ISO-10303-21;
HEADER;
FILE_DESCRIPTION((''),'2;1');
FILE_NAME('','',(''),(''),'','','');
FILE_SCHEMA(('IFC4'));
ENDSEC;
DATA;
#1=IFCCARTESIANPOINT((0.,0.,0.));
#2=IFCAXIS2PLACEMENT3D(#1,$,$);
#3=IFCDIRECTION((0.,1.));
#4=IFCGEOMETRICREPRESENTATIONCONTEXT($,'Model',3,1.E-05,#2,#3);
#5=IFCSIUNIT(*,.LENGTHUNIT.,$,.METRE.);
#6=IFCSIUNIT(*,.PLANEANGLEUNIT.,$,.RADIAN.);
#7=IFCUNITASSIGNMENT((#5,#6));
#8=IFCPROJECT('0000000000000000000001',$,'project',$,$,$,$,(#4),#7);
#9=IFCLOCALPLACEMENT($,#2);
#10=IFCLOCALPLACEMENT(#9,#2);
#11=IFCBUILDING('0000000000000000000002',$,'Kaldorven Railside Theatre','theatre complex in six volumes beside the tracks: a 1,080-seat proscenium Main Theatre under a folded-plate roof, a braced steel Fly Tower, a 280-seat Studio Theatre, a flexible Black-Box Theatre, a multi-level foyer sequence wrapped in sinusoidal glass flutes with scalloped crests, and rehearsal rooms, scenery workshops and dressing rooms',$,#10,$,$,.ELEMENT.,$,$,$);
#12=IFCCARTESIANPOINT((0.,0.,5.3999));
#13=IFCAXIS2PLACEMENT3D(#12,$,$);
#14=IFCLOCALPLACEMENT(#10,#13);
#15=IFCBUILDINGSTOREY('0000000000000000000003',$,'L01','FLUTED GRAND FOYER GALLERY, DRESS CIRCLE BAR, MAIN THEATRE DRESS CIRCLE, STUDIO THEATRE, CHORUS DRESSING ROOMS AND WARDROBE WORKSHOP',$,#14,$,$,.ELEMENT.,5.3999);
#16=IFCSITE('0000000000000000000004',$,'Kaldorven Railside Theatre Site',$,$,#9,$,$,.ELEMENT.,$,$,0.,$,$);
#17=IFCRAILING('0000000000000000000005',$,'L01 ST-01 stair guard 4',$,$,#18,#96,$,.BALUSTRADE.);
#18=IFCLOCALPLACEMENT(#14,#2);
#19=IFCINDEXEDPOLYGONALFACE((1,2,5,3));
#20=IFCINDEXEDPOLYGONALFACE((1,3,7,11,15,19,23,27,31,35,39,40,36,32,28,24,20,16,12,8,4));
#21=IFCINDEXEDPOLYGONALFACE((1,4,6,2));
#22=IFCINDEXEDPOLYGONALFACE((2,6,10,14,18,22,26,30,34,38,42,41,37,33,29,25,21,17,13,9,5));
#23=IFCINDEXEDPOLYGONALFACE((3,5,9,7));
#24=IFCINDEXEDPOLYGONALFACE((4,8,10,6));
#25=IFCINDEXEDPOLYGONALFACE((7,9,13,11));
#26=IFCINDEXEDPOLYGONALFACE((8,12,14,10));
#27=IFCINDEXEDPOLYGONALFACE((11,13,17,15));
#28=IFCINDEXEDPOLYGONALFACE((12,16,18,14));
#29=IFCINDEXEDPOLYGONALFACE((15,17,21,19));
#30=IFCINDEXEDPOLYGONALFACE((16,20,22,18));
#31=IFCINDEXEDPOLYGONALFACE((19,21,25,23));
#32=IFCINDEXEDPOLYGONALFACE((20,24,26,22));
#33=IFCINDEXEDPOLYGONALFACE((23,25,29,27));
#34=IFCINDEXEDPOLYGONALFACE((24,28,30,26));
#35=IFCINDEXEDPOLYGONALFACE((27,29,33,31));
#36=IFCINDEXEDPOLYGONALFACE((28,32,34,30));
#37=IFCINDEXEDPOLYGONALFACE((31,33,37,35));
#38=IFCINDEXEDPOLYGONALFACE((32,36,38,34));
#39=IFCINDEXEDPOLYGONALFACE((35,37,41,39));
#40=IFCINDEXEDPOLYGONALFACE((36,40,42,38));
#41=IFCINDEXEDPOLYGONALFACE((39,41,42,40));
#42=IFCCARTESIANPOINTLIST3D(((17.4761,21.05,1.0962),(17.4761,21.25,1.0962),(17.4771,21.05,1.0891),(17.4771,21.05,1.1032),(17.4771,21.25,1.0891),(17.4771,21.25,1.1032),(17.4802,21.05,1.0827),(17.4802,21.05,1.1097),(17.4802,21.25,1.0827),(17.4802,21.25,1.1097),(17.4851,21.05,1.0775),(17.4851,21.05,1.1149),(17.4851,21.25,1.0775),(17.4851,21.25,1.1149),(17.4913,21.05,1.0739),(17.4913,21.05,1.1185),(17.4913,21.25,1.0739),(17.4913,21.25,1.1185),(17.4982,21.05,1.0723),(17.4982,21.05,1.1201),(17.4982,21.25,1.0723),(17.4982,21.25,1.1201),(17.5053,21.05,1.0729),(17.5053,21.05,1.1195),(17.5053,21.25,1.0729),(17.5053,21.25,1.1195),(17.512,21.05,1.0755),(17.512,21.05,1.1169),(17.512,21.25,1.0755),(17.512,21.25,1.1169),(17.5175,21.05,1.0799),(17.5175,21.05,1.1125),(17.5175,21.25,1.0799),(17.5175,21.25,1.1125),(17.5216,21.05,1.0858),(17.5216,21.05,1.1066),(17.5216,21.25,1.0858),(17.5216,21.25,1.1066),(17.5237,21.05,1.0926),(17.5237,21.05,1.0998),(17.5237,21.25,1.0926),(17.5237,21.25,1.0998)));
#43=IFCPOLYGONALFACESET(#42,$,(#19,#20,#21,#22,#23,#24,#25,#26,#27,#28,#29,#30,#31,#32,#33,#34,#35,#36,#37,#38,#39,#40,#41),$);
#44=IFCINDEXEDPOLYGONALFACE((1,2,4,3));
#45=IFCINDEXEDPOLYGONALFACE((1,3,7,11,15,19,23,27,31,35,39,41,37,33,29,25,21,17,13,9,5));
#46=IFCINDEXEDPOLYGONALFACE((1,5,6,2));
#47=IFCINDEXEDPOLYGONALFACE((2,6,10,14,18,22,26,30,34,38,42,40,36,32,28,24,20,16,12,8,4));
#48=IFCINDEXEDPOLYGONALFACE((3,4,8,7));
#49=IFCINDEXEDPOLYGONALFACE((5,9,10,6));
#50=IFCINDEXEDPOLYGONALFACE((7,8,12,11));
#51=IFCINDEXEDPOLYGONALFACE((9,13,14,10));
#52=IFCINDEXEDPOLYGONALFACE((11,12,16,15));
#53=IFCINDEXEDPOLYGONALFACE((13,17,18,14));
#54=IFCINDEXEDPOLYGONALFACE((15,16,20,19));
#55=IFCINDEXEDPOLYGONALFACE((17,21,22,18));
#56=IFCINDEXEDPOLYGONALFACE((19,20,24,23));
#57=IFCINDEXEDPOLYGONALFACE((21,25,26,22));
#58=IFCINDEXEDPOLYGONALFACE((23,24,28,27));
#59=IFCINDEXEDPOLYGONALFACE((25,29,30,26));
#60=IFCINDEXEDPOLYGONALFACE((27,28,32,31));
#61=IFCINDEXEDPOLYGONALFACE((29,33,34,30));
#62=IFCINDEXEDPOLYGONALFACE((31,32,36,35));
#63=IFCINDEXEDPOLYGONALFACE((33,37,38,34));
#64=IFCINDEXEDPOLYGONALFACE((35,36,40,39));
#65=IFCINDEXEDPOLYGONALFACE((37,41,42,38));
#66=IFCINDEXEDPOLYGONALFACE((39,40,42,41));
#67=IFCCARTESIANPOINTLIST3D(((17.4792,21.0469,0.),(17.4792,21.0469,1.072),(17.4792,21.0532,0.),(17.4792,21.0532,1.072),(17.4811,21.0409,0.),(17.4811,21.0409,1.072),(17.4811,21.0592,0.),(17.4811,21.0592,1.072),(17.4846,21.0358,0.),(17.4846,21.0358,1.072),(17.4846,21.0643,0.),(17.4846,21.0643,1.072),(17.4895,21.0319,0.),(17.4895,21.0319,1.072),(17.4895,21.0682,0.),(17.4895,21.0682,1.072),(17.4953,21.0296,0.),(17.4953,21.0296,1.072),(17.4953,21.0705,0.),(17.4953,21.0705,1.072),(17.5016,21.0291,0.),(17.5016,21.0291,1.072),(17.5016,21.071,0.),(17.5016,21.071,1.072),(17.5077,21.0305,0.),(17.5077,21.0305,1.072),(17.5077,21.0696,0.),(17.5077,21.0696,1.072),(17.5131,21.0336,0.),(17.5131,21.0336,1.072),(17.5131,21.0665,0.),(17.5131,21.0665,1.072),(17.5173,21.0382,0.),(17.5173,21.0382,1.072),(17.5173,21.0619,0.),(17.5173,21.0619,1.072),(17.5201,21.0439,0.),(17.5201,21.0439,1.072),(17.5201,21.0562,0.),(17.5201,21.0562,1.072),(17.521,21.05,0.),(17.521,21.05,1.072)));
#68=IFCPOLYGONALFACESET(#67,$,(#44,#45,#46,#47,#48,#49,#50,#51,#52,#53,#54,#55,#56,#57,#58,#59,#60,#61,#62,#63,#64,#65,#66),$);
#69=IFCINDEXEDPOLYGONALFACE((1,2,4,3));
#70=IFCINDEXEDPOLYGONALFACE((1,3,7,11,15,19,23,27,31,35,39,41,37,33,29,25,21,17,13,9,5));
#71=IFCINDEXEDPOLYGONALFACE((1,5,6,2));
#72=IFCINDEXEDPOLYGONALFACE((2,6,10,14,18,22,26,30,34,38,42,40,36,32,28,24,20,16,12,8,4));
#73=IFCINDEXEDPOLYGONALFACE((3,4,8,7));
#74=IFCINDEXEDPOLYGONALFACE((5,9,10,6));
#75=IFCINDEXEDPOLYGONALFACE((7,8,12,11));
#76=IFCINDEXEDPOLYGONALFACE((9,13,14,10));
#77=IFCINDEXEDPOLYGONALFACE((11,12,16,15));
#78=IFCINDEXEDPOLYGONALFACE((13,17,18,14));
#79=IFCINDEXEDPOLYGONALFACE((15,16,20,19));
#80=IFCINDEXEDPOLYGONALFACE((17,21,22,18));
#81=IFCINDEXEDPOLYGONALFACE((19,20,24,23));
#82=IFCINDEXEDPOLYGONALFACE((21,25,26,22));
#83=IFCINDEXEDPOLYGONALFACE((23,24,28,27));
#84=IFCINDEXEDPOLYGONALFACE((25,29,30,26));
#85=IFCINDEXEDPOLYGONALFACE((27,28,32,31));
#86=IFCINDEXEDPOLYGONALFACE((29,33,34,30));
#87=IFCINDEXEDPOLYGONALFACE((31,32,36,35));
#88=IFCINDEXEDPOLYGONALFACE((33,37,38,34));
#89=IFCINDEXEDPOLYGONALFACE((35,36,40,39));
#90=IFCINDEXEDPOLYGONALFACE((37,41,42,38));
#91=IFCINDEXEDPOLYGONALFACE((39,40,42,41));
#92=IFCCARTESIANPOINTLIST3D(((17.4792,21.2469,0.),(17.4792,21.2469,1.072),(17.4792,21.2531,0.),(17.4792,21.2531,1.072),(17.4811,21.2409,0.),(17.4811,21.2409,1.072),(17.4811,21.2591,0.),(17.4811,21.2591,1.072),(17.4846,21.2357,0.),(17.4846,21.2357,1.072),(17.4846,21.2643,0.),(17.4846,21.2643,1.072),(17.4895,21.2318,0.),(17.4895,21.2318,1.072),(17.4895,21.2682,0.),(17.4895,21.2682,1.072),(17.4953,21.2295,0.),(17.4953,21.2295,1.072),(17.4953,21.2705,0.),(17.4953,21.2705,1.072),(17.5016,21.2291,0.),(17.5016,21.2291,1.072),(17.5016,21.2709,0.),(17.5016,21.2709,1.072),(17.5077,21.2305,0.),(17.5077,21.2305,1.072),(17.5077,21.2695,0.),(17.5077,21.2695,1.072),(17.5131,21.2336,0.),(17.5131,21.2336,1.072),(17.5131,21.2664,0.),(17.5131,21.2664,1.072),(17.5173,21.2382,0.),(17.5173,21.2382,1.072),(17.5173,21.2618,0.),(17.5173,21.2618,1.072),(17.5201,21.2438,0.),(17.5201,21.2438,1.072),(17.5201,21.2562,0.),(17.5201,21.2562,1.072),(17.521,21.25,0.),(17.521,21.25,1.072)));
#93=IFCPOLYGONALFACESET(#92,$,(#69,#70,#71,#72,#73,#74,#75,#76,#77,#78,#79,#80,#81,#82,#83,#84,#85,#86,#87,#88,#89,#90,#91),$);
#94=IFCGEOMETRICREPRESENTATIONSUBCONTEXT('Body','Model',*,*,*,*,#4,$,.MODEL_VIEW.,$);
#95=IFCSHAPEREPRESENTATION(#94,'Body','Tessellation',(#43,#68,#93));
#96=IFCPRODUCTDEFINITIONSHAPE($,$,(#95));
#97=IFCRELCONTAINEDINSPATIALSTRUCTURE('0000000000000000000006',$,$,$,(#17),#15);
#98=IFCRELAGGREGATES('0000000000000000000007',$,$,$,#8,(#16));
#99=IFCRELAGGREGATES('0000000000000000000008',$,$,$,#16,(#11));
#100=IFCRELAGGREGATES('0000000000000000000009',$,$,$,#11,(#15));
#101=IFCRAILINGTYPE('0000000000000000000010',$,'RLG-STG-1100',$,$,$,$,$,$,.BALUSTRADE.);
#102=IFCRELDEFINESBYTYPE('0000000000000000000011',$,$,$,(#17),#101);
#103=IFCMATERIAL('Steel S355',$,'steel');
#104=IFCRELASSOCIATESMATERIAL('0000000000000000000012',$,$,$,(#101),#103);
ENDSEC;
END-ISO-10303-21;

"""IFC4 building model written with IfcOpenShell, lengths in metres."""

from ifc_helpers import new_model, si_unit, direction, frame, origin, origin_2d, place, context, subcontext, project, spatial, circle, extrude, material, type_object, element, save


model = new_model("IFC4")

# Units and contexts
model_context = context("Model", 3, precision=1e-05, world=origin(), true_north=direction((0.0, 1.0)))
body_context = subcontext(model_context, "Body", "Model", "MODEL_VIEW")
ifc_project = project(units=[si_unit("LENGTHUNIT", "METRE"), si_unit("PLANEANGLEUNIT", "RADIAN")], contexts=[model_context])

# Site, building, storey
site_placement = place(None, origin())
site = spatial("IfcSite", under=ifc_project, at=site_placement, Name="Kaldorven Railside Theatre Site", CompositionType="ELEMENT", RefElevation=0.0)
building_placement = place(site_placement, origin())
building = spatial("IfcBuilding", under=site, at=building_placement, Name="Kaldorven Railside Theatre", Description="theatre complex in six volumes beside the tracks: a 1,080-seat proscenium Main Theatre under a folded-plate roof, a braced steel Fly Tower, a 280-seat Studio Theatre, a flexible Black-Box Theatre, a multi-level foyer sequence wrapped in sinusoidal glass flutes with scalloped crests, and rehearsal rooms, scenery workshops and dressing rooms", CompositionType="ELEMENT")
storey_placement = place(building_placement, frame((0.0, 0.0, 5.3999)))
storey = spatial("IfcBuildingStorey", under=building, at=storey_placement, Name="L01", Description="FLUTED GRAND FOYER GALLERY, DRESS CIRCLE BAR, MAIN THEATRE DRESS CIRCLE, STUDIO THEATRE, CHORUS DRESSING ROOMS AND WARDROBE WORKSHOP", CompositionType="ELEMENT", Elevation=5.3999)

# Shared definitions
ifc_material_1 = material(Name="Steel S355", Category="steel")

# Railing
railing_type_1 = type_object("IfcRailingType", Name="RLG-STG-1100", PredefinedType="BALUSTRADE", material=ifc_material_1)
railing_1_placement = place(storey_placement, frame((17.5, 21.05, 0.0)))
element("IfcRailing", 1, at=railing_1_placement, inside=storey, type_object=railing_type_1, Name="L01 ST-01 stair guard 4", PredefinedType="BALUSTRADE", context=body_context, shape_type="SweptSolid", body=[
    extrude(circle(Radius=0.0239, at=origin_2d()), frame((0.0, 0.0, 1.0962), z_axis=(0.0, 1.0, 0.0), x_axis=(-1.0, 0.0, 0.0)), (0.0, 0.0, 1.0), 0.2),
    extrude(circle(Radius=0.021, at=origin_2d()), origin(), (0.0, 0.0, 1.0), 1.072),
    extrude(circle(Radius=0.021, at=origin_2d()), frame((0.0, 0.2, 0.0)), (0.0, 0.0, 1.0), 1.072),
])

save(model, "model.ifc")
